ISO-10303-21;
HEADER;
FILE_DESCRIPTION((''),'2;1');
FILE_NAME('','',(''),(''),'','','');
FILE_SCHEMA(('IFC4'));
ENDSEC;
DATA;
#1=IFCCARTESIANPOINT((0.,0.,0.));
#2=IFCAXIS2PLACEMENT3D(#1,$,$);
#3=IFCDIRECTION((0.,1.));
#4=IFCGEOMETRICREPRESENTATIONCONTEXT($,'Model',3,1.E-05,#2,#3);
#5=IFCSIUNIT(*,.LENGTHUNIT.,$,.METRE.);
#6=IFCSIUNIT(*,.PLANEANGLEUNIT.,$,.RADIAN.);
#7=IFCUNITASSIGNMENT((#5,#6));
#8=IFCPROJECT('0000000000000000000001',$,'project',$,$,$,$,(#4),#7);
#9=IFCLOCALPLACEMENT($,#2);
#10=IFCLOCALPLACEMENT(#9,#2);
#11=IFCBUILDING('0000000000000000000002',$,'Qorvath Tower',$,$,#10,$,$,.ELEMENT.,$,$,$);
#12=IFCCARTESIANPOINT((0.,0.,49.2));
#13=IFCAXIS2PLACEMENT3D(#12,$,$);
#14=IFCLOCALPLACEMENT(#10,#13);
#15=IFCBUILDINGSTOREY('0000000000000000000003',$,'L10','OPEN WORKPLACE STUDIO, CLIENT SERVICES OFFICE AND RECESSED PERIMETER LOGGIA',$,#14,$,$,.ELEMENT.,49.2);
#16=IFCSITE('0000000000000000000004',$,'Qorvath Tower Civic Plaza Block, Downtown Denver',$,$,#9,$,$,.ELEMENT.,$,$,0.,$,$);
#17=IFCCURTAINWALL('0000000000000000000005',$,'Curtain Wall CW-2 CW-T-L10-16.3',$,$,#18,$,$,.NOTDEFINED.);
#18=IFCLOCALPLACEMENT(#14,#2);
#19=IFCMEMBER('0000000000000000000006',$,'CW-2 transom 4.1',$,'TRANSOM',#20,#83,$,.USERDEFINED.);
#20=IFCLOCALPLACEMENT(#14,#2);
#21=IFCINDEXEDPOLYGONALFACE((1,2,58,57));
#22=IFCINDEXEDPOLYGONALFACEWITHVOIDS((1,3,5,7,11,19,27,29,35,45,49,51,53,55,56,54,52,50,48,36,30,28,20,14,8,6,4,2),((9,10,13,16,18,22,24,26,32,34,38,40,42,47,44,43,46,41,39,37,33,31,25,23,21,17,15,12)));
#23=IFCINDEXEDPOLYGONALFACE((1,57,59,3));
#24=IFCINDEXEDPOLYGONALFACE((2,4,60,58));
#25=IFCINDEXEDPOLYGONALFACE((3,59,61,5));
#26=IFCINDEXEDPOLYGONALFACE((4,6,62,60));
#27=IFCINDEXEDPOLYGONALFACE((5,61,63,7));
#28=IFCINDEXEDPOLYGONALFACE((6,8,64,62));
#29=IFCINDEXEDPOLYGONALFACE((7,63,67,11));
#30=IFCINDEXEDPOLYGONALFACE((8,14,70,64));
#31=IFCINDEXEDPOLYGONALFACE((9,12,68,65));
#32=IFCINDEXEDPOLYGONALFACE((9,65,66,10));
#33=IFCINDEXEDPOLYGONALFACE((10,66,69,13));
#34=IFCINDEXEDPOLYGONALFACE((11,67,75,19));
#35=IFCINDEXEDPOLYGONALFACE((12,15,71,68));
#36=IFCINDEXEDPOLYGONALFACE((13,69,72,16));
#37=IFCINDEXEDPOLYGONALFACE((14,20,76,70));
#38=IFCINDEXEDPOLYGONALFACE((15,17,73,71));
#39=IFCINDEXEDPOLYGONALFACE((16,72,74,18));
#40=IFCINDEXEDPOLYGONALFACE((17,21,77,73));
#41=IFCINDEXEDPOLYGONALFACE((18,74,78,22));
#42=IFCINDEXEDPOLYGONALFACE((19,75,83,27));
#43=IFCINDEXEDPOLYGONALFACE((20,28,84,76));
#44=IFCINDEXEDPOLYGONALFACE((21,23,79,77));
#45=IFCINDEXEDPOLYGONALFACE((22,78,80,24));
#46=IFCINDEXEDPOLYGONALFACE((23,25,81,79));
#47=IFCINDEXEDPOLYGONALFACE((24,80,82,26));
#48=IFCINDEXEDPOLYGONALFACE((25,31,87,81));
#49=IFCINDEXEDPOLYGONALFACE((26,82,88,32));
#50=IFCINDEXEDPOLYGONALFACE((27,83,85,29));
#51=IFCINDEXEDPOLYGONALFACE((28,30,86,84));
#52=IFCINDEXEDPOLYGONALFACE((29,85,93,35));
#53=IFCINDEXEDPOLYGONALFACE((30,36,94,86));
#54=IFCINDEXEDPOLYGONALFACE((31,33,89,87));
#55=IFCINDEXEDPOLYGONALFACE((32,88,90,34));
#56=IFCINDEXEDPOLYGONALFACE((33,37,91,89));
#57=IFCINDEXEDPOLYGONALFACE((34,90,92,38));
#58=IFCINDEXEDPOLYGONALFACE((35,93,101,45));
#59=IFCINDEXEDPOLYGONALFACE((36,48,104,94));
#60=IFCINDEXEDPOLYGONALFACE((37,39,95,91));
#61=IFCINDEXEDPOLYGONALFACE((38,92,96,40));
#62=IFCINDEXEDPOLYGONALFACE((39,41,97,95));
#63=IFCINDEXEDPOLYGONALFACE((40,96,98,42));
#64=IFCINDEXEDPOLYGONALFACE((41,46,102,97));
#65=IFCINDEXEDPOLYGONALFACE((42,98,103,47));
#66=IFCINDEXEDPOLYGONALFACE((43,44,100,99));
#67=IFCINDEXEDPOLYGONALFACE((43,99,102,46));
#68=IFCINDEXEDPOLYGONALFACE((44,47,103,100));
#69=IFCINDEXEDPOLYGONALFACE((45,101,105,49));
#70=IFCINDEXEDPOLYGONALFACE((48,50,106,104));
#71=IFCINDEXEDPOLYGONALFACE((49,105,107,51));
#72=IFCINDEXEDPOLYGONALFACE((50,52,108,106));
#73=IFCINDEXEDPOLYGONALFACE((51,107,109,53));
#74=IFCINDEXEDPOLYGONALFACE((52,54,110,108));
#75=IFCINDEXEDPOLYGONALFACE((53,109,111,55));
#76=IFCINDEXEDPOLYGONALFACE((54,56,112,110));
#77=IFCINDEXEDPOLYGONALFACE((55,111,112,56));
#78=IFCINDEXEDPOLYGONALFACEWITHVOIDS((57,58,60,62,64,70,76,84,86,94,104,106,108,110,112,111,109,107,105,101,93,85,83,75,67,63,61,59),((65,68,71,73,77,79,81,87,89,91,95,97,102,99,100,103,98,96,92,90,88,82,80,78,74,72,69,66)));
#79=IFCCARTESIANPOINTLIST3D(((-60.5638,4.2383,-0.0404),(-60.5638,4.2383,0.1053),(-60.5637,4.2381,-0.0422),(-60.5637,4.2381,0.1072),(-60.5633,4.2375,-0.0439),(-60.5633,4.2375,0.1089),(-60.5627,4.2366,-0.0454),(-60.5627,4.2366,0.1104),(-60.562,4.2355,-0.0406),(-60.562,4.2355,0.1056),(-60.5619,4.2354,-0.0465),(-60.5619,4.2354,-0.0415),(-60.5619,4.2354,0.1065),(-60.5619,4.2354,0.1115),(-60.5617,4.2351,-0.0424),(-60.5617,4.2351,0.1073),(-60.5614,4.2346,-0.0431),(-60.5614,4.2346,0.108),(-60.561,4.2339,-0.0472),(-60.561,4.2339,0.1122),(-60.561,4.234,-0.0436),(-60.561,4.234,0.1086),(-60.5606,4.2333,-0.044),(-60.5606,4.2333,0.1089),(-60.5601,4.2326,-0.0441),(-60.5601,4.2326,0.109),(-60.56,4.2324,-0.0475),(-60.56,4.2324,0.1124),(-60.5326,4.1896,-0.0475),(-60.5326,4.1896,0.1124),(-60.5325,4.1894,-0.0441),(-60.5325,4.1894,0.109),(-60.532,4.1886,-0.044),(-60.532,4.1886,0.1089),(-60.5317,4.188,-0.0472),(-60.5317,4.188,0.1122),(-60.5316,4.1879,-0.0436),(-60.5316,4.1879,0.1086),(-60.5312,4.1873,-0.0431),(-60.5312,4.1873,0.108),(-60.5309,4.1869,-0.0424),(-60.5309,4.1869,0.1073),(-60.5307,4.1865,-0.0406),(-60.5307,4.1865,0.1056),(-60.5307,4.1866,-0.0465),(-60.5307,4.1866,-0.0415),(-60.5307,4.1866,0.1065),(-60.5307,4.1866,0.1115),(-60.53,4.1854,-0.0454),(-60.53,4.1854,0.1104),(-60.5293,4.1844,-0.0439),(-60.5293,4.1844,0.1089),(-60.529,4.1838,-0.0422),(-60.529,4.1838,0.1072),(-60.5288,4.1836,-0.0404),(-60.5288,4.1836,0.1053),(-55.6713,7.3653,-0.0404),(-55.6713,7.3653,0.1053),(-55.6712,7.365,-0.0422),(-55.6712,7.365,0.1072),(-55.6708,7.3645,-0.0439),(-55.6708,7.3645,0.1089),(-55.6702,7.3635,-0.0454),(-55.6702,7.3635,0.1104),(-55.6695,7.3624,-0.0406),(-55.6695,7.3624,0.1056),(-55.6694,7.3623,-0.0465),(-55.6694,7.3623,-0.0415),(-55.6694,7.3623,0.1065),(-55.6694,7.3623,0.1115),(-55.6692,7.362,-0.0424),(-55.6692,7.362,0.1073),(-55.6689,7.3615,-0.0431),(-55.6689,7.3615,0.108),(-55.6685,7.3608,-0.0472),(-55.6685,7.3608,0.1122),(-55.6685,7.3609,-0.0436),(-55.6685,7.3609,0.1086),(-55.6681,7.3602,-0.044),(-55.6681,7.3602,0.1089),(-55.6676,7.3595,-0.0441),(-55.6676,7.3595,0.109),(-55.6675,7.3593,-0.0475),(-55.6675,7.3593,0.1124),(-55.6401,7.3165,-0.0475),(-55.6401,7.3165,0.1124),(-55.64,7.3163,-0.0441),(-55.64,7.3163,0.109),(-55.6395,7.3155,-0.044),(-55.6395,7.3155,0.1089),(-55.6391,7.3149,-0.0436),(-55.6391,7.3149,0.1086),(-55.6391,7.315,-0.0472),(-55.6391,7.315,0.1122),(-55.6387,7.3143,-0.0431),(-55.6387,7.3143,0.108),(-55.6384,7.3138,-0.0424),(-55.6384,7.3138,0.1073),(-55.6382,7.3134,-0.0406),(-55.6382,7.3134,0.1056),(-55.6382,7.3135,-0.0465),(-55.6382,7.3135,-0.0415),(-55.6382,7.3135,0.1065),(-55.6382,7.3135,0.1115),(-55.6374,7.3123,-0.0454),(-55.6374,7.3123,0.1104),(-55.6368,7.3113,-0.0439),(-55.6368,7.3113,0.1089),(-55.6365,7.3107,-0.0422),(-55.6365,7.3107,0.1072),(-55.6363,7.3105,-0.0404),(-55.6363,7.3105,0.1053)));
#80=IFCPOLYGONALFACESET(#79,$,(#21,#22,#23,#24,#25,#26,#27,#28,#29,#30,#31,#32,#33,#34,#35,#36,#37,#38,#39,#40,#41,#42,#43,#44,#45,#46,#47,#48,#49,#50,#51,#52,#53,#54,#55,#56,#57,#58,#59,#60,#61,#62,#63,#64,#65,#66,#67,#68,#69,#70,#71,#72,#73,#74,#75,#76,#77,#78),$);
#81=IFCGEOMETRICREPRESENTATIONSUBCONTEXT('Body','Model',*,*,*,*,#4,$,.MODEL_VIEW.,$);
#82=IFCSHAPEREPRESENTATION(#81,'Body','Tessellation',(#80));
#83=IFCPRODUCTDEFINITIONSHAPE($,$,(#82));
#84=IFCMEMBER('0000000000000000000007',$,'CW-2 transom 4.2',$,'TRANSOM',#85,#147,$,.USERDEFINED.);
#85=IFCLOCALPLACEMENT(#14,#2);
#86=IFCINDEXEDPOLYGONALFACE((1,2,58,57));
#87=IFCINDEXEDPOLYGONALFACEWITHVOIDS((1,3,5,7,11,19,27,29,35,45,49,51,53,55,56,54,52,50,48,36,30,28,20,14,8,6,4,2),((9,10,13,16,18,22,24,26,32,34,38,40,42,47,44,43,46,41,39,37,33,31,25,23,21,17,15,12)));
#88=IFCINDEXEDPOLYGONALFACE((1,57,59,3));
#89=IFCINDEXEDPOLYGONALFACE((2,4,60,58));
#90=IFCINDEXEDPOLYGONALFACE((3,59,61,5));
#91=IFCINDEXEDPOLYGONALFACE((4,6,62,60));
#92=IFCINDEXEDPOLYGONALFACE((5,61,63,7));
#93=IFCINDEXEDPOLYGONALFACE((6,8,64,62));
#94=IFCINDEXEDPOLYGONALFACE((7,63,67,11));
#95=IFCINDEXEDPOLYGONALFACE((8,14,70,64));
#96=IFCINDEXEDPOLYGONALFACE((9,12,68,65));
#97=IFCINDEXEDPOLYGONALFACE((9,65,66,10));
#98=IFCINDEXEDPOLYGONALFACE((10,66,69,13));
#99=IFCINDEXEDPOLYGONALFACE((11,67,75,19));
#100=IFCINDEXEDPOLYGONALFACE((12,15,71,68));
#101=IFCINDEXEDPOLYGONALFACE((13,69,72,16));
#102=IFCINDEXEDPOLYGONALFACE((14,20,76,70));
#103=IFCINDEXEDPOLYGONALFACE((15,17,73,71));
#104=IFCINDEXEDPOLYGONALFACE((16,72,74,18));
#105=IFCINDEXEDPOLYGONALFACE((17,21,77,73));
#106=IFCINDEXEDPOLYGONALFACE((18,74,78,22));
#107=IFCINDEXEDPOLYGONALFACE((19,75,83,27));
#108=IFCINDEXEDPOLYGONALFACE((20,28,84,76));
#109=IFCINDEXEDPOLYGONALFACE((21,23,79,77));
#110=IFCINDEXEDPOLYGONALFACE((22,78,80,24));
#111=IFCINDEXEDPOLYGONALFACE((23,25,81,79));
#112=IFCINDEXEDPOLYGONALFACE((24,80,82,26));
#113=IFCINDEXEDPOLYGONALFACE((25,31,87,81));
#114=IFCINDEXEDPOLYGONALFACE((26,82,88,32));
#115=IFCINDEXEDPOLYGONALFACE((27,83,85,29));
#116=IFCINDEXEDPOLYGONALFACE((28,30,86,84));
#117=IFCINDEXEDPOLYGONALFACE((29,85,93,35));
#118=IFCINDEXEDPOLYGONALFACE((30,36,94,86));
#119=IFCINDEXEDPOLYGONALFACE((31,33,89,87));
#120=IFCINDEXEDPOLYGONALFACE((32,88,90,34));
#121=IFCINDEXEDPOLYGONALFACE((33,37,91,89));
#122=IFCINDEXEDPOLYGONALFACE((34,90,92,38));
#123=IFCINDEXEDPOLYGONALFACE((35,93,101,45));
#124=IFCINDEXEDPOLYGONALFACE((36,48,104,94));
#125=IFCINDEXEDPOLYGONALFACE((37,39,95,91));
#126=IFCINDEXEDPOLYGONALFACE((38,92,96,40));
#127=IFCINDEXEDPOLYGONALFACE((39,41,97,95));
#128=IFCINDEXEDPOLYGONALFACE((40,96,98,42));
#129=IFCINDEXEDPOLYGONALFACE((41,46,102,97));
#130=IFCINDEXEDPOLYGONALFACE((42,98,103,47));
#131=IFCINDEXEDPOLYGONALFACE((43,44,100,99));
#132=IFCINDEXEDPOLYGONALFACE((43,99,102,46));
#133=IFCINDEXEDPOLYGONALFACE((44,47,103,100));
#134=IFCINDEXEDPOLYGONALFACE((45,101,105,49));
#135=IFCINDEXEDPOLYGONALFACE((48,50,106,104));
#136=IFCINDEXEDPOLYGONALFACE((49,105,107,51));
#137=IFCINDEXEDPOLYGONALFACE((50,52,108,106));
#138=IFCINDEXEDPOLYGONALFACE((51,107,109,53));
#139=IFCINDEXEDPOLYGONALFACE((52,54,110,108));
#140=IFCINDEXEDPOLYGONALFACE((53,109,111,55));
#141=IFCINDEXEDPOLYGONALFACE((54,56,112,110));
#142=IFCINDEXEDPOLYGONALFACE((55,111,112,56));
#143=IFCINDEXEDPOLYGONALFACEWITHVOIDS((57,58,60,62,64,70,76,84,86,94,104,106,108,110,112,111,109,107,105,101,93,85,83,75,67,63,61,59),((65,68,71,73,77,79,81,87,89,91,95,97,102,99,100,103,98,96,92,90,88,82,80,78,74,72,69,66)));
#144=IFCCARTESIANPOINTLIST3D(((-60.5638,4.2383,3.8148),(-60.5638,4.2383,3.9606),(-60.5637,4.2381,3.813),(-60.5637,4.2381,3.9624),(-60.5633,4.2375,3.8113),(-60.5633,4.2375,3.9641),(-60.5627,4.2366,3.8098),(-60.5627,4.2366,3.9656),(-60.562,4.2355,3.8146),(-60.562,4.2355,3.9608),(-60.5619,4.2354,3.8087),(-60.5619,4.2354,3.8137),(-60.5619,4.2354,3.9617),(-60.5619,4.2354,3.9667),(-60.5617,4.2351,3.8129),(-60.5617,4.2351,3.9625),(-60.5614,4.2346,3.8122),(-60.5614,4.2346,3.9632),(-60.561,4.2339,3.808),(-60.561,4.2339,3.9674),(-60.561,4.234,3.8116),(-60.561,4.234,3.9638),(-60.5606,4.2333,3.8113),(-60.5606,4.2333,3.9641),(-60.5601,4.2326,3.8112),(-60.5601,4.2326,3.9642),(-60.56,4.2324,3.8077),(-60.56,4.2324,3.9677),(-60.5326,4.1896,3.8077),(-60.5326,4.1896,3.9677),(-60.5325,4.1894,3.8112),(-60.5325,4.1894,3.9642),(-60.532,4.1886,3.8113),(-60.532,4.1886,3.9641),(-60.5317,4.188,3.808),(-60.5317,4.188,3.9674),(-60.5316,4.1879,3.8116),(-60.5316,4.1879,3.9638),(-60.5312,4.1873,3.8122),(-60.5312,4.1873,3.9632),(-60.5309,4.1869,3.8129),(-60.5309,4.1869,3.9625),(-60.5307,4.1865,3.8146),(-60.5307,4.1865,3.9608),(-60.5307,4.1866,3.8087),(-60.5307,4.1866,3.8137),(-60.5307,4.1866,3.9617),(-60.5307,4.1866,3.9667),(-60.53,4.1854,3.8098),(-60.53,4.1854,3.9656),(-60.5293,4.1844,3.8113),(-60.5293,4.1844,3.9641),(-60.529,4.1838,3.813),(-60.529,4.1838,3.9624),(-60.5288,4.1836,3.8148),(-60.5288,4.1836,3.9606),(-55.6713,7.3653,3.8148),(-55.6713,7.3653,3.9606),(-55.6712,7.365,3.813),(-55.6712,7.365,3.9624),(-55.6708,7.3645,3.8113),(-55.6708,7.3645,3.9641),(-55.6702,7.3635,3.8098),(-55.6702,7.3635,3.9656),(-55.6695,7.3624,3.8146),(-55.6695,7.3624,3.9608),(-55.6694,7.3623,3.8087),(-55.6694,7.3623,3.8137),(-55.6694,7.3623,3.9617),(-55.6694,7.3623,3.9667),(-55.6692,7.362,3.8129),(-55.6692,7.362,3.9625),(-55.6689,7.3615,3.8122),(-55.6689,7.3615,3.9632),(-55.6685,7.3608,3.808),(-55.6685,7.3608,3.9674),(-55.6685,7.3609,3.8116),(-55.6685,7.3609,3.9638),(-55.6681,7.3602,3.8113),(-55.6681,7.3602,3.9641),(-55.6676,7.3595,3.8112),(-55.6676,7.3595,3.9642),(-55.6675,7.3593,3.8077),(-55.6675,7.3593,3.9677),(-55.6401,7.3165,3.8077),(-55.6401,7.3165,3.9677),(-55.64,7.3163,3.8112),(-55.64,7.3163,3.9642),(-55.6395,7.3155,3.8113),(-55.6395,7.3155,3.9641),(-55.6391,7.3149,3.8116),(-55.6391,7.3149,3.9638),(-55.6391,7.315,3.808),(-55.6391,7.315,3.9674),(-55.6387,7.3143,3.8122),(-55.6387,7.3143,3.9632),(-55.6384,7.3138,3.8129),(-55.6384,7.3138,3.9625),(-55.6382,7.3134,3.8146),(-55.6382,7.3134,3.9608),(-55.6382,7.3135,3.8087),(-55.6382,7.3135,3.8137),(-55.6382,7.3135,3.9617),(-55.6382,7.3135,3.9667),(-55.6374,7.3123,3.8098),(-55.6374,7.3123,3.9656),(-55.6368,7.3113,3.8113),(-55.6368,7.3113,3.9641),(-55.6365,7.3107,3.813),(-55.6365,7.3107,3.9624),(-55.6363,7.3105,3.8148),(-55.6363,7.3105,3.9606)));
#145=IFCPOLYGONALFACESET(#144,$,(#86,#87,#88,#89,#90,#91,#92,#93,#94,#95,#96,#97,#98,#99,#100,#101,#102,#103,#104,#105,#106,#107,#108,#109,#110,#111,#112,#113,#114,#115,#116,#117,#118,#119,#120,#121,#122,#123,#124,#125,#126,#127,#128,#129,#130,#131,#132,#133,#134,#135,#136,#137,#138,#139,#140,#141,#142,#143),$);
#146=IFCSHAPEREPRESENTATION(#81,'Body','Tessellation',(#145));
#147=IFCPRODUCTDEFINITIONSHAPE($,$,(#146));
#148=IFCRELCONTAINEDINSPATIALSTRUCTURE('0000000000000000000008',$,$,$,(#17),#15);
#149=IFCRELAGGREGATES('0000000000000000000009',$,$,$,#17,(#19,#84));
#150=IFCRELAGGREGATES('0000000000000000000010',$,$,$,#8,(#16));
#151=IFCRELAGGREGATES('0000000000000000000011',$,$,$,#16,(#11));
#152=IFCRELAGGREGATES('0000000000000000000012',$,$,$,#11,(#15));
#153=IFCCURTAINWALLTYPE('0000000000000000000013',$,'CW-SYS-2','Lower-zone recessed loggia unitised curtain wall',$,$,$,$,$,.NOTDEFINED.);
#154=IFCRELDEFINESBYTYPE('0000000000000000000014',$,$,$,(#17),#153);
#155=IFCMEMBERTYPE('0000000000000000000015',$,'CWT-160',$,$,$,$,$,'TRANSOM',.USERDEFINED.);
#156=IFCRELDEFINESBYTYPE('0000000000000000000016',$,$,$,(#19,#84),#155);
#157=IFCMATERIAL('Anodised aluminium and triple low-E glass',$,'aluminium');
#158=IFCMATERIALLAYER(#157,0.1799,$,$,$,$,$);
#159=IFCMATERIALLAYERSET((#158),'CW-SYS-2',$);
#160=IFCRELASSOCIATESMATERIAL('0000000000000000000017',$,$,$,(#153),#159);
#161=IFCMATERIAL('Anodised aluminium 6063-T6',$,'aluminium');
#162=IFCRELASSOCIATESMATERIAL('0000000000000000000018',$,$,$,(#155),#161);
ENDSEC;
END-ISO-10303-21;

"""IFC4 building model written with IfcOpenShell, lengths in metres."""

from ifc_helpers import new_model, si_unit, direction, frame, origin, origin_2d, place, context, subcontext, project, spatial, hollow_rectangle, extrude, material, layer, layer_set, material_profile, profile_set, type_object, element, aggregate, save


model = new_model("IFC4")

# Units and contexts
model_context = context("Model", 3, precision=1e-05, world=origin(), true_north=direction((0.0, 1.0)))
body_context = subcontext(model_context, "Body", "Model", "MODEL_VIEW")
ifc_project = project(units=[si_unit("LENGTHUNIT", "METRE"), si_unit("PLANEANGLEUNIT", "RADIAN")], contexts=[model_context])

# Site, building, storey
site_placement = place(None, origin())
site = spatial("IfcSite", under=ifc_project, at=site_placement, Name="Qorvath Tower Civic Plaza Block, Downtown Denver", CompositionType="ELEMENT", RefElevation=0.0)
building_placement = place(site_placement, origin())
building = spatial("IfcBuilding", under=site, at=building_placement, Name="Qorvath Tower", CompositionType="ELEMENT")
storey_placement = place(building_placement, frame((0.0, 0.0, 49.2)))
storey = spatial("IfcBuildingStorey", under=building, at=storey_placement, Name="L10", Description="OPEN WORKPLACE STUDIO, CLIENT SERVICES OFFICE AND RECESSED PERIMETER LOGGIA", CompositionType="ELEMENT", Elevation=49.2)

# Curtain wall, members
ifc_material_1 = material(Name="Anodised aluminium and triple low-E glass", Category="aluminium")
ifc_layer_1 = layer(ifc_material_1, 0.1799)
ifc_layer_set_1 = layer_set([ifc_layer_1], Name="CW-SYS-2")
curtain_wall_type = type_object("IfcCurtainWallType", Name="CW-SYS-2", Description="Lower-zone recessed loggia unitised curtain wall", PredefinedType="NOTDEFINED", material=ifc_layer_set_1)
curtain_wall_placement = place(storey_placement, origin())
curtain_wall = element("IfcCurtainWall", 1, at=curtain_wall_placement, inside=storey, type_object=curtain_wall_type, Name="Curtain Wall CW-2 CW-T-L10-16.3", PredefinedType="NOTDEFINED")
ifc_material_2 = material(Name="Anodised aluminium 6063-T6", Category="aluminium")
ifc_material_profile_1 = material_profile(ifc_material_2, hollow_rectangle(XDim=0.0649, YDim=0.1599, WallThickness=0.0034, InnerFilletRadius=0.0034, OuterFilletRadius=0.0071, at=origin_2d()), Name="CWT 160x65")
ifc_profile_set_1 = profile_set([ifc_material_profile_1], Name="Anodised aluminium 6063-T6")
member_type_1 = type_object("IfcMemberType", Name="CWT-160", ElementType="TRANSOM", PredefinedType="USERDEFINED", material=ifc_profile_set_1)
member_1_placement = place(storey_placement, frame((-55.6538, 7.3379, 0.0325), z_axis=(-0.842607, -0.538529, 0.0), x_axis=(0.538529, -0.842607, 0.0)))
member_1 = element("IfcMember", 2, at=member_1_placement, type_object=member_type_1, Name="CW-2 transom 4.1", ObjectType="TRANSOM", PredefinedType="USERDEFINED", context=body_context, shape_type="SweptSolid", body=[
    extrude(hollow_rectangle(XDim=0.0649, YDim=0.1599, WallThickness=0.0034, InnerFilletRadius=0.0034, OuterFilletRadius=0.0071, at=origin_2d()), origin(), (0.0, 0.0, 1.0), 5.8064),
])
member_2_placement = place(storey_placement, frame((-55.6538, 7.3379, 3.8877), z_axis=(-0.842607, -0.538529, 0.0), x_axis=(0.538529, -0.842607, 0.0)))
member_2 = element("IfcMember", 3, at=member_2_placement, type_object=member_type_1, Name="CW-2 transom 4.2", ObjectType="TRANSOM", PredefinedType="USERDEFINED", context=body_context, shape_type="SweptSolid", body=[
    extrude(hollow_rectangle(XDim=0.0649, YDim=0.1599, WallThickness=0.0034, InnerFilletRadius=0.0034, OuterFilletRadius=0.0071, at=origin_2d()), origin(), (0.0, 0.0, 1.0), 5.8064),
])

aggregate(curtain_wall, [member_1, member_2])

save(model, "model.ifc")
